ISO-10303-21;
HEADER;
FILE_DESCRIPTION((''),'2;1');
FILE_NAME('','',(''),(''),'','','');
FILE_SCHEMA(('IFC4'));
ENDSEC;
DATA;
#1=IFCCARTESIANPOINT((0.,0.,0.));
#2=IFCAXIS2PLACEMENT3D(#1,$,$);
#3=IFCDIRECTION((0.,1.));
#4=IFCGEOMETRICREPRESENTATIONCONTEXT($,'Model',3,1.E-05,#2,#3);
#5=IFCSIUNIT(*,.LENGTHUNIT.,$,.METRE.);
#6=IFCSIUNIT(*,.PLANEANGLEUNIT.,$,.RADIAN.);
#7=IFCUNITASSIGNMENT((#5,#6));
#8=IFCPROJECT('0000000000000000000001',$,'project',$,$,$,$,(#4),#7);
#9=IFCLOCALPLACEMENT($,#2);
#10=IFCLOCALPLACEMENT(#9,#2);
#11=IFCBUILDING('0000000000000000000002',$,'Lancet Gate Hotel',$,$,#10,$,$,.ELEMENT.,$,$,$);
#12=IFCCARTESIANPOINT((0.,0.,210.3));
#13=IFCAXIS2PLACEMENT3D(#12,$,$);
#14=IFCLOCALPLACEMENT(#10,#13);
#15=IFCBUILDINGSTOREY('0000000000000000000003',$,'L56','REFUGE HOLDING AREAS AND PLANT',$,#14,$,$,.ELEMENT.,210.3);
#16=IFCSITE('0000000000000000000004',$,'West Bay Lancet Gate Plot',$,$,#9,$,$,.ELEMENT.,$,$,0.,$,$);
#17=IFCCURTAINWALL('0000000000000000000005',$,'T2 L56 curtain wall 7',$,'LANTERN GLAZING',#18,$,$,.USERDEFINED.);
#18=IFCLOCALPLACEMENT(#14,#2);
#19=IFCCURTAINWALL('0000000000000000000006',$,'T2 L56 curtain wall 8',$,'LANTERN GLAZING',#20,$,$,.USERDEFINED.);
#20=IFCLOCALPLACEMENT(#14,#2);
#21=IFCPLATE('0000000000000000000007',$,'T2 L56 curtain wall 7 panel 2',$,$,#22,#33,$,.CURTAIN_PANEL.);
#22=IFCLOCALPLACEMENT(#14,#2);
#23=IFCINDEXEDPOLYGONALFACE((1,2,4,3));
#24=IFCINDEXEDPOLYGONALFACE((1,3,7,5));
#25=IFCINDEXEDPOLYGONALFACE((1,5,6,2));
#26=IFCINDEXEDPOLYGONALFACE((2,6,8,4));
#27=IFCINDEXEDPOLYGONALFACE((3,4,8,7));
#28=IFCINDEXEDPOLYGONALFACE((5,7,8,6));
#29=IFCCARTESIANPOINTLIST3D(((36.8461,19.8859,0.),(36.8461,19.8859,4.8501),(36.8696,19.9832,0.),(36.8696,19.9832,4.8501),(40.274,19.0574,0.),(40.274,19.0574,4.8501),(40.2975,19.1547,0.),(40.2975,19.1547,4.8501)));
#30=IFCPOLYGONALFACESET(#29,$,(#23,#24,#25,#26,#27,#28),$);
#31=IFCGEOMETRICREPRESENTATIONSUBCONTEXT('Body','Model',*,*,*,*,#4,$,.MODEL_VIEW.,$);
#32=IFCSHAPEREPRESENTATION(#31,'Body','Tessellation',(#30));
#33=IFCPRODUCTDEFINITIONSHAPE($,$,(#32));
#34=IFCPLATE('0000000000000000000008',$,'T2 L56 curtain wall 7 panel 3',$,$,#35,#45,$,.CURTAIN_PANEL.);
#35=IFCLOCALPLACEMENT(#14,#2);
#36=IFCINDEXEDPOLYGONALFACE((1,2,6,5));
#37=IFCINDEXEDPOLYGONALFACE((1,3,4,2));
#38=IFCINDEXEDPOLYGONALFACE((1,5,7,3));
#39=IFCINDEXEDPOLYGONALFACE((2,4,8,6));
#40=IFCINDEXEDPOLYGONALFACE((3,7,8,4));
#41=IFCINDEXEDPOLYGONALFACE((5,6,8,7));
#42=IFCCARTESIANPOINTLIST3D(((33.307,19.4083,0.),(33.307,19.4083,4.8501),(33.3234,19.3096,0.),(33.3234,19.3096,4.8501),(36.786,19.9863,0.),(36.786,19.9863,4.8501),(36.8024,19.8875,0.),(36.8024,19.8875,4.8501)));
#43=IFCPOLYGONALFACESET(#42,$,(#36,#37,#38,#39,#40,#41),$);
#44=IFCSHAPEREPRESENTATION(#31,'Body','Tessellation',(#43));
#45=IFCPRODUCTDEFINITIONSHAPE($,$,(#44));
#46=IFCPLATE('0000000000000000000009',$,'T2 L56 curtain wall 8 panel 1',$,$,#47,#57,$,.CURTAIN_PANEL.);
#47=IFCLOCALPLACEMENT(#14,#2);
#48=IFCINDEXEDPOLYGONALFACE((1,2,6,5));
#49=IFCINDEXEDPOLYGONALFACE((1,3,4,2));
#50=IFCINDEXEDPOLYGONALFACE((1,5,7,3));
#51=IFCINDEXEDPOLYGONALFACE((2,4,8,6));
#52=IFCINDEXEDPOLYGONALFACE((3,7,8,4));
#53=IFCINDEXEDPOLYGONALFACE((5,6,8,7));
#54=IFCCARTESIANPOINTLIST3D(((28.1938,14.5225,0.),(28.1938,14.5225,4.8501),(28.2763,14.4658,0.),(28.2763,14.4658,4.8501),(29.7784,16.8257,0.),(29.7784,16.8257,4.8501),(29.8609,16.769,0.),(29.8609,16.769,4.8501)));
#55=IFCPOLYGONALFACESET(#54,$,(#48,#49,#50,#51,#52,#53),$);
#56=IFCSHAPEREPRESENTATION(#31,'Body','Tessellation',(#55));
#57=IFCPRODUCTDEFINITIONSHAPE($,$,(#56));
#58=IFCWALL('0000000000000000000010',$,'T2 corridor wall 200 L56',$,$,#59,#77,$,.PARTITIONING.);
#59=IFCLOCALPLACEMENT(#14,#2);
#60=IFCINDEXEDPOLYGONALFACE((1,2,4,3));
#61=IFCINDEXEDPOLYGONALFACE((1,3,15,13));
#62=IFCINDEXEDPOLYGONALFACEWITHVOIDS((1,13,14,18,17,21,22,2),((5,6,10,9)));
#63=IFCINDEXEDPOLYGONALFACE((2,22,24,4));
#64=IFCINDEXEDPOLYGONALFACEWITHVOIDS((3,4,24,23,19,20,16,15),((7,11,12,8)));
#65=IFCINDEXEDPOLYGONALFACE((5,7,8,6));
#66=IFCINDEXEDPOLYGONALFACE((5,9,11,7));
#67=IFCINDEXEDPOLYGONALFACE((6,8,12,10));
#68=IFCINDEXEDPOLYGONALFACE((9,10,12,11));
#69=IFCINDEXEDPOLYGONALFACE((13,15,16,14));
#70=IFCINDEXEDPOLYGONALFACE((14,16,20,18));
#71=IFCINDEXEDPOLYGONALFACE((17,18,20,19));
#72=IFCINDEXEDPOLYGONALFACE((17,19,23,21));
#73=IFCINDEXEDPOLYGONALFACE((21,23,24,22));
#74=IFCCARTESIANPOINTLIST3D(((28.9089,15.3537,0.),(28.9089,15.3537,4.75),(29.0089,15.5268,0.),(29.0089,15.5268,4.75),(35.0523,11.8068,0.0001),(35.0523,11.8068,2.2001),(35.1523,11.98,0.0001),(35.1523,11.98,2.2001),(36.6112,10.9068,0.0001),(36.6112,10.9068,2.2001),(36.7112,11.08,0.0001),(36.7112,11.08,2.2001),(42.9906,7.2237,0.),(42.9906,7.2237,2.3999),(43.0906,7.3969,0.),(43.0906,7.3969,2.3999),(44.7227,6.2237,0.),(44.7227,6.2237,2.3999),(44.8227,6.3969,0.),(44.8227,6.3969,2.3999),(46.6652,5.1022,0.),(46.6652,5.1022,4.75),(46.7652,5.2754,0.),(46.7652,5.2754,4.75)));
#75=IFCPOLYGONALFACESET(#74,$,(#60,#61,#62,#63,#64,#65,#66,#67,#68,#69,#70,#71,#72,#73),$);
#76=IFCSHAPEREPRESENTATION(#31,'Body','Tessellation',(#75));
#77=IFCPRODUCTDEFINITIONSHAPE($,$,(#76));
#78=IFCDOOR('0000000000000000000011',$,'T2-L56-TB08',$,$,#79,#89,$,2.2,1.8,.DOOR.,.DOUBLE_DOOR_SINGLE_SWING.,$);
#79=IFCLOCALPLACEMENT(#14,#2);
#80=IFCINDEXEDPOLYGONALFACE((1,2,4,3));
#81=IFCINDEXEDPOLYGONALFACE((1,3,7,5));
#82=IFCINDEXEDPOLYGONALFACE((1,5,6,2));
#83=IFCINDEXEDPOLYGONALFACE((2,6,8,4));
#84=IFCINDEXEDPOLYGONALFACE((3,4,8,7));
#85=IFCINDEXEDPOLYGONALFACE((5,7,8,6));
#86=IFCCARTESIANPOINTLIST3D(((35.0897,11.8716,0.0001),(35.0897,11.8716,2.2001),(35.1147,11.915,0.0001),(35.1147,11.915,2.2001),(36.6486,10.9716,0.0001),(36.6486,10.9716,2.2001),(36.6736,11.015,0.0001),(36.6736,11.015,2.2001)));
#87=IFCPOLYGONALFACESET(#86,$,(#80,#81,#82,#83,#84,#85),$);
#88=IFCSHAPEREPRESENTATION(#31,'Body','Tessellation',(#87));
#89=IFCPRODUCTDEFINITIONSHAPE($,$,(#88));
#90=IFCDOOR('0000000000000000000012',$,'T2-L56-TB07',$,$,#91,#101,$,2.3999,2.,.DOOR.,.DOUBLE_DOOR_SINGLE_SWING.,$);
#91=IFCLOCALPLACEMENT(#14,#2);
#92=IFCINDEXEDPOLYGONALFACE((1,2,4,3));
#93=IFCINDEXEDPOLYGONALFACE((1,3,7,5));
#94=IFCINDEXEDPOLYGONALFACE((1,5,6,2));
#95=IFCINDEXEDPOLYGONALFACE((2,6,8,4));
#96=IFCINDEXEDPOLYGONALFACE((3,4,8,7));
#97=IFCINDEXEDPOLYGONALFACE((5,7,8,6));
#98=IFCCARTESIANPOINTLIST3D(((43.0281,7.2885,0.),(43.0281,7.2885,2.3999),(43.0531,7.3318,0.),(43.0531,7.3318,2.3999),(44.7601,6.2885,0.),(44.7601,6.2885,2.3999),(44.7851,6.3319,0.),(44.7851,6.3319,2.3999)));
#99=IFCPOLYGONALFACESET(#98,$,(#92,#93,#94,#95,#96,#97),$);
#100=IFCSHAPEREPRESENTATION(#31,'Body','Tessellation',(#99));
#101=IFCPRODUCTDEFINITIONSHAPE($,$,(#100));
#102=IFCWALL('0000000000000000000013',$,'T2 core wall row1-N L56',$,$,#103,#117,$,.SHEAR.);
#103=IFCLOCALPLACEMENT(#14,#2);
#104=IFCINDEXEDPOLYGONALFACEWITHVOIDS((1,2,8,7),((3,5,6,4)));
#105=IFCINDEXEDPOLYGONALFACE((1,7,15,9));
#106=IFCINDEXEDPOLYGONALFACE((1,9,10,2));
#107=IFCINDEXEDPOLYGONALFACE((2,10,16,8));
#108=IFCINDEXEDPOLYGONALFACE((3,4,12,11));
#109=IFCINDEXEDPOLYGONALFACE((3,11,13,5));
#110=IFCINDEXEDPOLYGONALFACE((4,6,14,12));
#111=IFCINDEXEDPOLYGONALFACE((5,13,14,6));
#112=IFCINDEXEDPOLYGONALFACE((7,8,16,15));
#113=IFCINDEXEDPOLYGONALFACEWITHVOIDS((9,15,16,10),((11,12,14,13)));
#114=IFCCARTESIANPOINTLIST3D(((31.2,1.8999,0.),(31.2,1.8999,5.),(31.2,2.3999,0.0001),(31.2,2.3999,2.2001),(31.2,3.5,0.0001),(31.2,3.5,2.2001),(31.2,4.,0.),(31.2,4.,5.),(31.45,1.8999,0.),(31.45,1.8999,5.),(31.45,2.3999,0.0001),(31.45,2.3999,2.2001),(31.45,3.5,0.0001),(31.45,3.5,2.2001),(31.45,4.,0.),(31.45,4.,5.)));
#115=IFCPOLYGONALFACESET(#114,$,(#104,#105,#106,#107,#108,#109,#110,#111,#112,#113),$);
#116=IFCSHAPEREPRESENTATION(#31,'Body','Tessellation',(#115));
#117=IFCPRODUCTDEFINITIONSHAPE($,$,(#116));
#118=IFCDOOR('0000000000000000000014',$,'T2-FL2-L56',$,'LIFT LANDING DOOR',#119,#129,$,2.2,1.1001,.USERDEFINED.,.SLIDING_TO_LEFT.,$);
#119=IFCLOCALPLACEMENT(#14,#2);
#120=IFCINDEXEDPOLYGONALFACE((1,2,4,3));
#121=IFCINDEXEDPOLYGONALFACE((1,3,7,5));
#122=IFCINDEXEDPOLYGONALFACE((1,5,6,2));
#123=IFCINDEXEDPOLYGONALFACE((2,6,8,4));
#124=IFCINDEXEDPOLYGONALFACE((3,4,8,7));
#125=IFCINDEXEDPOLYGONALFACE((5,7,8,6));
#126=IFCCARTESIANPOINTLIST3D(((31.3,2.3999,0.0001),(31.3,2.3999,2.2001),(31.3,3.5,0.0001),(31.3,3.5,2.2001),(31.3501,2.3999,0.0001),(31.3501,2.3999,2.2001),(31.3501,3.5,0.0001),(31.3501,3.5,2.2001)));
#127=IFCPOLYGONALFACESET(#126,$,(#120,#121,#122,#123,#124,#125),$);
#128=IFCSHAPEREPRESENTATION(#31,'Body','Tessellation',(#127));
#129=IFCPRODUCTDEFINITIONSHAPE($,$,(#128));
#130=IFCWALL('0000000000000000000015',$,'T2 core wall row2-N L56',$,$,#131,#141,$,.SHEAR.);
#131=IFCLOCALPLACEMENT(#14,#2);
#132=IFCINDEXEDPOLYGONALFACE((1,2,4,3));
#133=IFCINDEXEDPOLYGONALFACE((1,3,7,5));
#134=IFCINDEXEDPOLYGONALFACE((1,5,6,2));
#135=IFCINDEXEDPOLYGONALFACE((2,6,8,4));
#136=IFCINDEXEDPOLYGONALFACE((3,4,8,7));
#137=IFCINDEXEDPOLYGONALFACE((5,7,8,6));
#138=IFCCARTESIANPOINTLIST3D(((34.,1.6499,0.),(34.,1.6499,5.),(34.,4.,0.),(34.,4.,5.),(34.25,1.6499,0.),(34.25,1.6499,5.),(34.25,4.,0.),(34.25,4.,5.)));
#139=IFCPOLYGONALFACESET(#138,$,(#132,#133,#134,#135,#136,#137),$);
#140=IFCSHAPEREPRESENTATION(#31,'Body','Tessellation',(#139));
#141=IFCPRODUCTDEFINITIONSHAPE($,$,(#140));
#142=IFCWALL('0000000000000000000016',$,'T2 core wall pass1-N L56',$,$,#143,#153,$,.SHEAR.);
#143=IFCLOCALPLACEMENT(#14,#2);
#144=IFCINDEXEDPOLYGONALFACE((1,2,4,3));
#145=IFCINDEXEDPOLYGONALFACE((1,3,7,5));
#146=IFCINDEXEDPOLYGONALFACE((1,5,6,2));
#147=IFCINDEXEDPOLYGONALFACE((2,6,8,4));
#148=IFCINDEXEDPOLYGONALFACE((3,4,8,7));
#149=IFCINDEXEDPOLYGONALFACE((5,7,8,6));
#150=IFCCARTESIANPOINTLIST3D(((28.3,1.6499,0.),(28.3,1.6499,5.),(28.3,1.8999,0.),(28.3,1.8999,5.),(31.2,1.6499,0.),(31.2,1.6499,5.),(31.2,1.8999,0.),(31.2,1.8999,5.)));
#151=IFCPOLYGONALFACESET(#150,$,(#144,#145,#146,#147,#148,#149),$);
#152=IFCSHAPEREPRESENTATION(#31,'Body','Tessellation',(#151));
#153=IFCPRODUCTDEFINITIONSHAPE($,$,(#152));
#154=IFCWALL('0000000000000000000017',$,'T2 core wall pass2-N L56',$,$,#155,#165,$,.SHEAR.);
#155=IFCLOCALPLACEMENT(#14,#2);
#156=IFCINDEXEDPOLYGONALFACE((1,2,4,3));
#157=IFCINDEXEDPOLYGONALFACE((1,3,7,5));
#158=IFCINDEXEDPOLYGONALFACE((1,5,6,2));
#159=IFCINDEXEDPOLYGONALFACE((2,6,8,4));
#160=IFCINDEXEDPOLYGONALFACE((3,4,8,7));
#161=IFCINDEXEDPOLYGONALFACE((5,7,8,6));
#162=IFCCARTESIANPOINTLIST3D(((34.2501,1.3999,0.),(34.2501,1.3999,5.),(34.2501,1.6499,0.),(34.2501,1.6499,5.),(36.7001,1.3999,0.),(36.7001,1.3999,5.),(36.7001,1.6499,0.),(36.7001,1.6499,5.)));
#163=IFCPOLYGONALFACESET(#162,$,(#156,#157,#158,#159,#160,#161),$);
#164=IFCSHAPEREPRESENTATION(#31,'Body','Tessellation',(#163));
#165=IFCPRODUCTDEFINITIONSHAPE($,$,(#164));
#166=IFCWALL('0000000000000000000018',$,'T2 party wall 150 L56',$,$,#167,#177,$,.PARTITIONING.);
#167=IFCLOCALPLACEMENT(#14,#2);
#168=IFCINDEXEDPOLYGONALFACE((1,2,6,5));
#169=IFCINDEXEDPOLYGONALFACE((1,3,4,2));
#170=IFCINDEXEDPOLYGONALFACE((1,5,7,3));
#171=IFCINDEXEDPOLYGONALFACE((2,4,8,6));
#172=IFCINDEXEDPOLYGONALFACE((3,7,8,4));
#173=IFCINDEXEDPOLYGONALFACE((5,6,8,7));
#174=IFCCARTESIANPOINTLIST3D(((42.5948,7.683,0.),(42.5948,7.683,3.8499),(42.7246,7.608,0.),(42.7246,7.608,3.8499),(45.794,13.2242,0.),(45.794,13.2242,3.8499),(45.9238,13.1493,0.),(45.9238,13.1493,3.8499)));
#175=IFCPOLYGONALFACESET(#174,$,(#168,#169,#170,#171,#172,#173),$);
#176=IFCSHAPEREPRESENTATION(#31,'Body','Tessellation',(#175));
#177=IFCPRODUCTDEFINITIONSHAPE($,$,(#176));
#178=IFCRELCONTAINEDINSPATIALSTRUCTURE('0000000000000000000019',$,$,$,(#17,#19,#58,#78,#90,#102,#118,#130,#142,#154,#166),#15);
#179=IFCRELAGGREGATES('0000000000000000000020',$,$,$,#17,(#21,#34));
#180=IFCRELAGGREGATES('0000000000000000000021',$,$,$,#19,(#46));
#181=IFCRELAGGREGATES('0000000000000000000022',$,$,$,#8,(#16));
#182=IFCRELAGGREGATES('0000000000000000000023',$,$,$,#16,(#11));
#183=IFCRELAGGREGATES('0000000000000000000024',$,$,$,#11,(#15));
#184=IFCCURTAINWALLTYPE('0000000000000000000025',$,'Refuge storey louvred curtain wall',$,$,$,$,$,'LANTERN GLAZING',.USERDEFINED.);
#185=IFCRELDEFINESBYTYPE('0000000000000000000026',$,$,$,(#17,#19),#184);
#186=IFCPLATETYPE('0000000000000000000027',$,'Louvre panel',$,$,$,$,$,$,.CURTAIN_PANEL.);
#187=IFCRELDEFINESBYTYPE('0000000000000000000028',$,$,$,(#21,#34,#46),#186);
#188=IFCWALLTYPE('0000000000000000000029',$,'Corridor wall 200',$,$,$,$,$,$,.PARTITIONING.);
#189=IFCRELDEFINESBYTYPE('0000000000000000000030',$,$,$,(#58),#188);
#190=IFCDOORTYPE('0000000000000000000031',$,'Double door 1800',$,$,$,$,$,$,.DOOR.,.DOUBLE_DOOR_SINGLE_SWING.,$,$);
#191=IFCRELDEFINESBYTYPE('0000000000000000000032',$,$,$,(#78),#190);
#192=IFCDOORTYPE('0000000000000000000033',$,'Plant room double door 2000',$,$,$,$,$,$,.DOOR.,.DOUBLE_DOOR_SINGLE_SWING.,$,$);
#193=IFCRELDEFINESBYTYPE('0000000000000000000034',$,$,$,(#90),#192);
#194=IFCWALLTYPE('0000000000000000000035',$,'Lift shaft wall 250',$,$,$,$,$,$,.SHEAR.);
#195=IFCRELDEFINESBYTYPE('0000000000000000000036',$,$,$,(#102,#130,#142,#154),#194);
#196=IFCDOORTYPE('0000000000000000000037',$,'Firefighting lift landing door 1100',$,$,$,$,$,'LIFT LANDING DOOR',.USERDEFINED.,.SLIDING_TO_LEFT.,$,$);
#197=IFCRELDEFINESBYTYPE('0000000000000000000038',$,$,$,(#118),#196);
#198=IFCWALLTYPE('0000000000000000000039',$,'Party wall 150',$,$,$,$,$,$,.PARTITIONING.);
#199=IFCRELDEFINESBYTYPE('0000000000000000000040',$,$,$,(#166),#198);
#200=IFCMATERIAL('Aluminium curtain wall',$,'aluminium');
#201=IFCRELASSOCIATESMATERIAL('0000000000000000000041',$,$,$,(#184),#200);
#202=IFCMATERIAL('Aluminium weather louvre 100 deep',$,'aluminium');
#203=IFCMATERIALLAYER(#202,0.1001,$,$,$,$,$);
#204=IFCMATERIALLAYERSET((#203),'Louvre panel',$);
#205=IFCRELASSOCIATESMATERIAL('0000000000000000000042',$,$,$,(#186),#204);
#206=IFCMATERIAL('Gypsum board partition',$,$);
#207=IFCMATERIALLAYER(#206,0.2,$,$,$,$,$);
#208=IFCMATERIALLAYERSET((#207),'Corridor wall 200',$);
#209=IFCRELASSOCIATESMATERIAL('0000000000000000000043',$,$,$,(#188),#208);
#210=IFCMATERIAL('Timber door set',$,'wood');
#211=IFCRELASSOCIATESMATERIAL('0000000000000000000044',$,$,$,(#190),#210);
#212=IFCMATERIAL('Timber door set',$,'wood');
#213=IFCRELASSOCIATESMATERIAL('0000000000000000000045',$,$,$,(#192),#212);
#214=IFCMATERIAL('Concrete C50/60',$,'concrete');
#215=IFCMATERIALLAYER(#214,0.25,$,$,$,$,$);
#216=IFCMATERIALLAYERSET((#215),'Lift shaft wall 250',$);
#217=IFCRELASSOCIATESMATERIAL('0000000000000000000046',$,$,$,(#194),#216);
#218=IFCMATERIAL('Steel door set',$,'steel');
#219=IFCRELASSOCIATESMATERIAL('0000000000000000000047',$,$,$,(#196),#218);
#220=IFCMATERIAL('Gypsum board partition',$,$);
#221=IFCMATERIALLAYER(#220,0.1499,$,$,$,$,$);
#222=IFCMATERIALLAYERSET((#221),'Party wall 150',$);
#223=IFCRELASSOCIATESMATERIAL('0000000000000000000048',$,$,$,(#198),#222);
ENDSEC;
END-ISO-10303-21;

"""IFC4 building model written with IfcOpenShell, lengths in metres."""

from ifc_helpers import new_model, si_unit, direction, frame, frame_2d, origin, origin_2d, place, context, subcontext, project, spatial, rectangle, extrude, material, layer, layer_set, type_object, element, fill, aggregate, save


model = new_model("IFC4")

# Units and contexts
model_context = context("Model", 3, precision=1e-05, world=origin(), true_north=direction((0.0, 1.0)))
body_context = subcontext(model_context, "Body", "Model", "MODEL_VIEW")
ifc_project = project(units=[si_unit("LENGTHUNIT", "METRE"), si_unit("PLANEANGLEUNIT", "RADIAN")], contexts=[model_context])

# Site, building, storey
site_placement = place(None, origin())
site = spatial("IfcSite", under=ifc_project, at=site_placement, Name="West Bay Lancet Gate Plot", CompositionType="ELEMENT", RefElevation=0.0)
building_placement = place(site_placement, origin())
building = spatial("IfcBuilding", under=site, at=building_placement, Name="Lancet Gate Hotel", CompositionType="ELEMENT")
storey_placement = place(building_placement, frame((0.0, 0.0, 210.3)))
storey = spatial("IfcBuildingStorey", under=building, at=storey_placement, Name="L56", Description="REFUGE HOLDING AREAS AND PLANT", CompositionType="ELEMENT", Elevation=210.3)

# Curtain wall
ifc_material_1 = material(Name="Aluminium curtain wall", Category="aluminium")
curtain_wall_type = type_object("IfcCurtainWallType", Name="Refuge storey louvred curtain wall", ElementType="LANTERN GLAZING", PredefinedType="USERDEFINED", material=ifc_material_1)
curtain_wall_1_placement = place(storey_placement, origin())
curtain_wall_1 = element("IfcCurtainWall", 1, at=curtain_wall_1_placement, inside=storey, type_object=curtain_wall_type, Name="T2 L56 curtain wall 7", ObjectType="LANTERN GLAZING", PredefinedType="USERDEFINED")

# Curtain wall
curtain_wall_2_placement = place(storey_placement, origin())
curtain_wall_2 = element("IfcCurtainWall", 2, at=curtain_wall_2_placement, inside=storey, type_object=curtain_wall_type, Name="T2 L56 curtain wall 8", ObjectType="LANTERN GLAZING", PredefinedType="USERDEFINED")

# Plates
ifc_material_2 = material(Name="Aluminium weather louvre 100 deep", Category="aluminium")
ifc_layer_1 = layer(ifc_material_2, 0.1001)
ifc_layer_set_1 = layer_set([ifc_layer_1], Name="Louvre panel")
plate_type = type_object("IfcPlateType", Name="Louvre panel", PredefinedType="CURTAIN_PANEL", material=ifc_layer_set_1)
plate_1_placement = place(storey_placement, frame((38.5718, 19.5203, 0.0), z_axis=(0.0, 0.0, 1.0), x_axis=(-0.972014, 0.234924, 0.0)))
plate_1 = element("IfcPlate", 3, at=plate_1_placement, type_object=plate_type, Name="T2 L56 curtain wall 7 panel 2", PredefinedType="CURTAIN_PANEL", context=body_context, shape_type="SweptSolid", body=[
    extrude(rectangle(XDim=3.5266, YDim=0.1001, at=origin_2d()), origin(), (0.0, 0.0, 1.0), 4.8501),
])
plate_2_placement = place(storey_placement, frame((35.0547, 19.6479, 0.0), z_axis=(0.0, 0.0, 1.0), x_axis=(-0.98648, -0.163881, 0.0)))
plate_2 = element("IfcPlate", 4, at=plate_2_placement, type_object=plate_type, Name="T2 L56 curtain wall 7 panel 3", PredefinedType="CURTAIN_PANEL", context=body_context, shape_type="SweptSolid", body=[
    extrude(rectangle(XDim=3.5266, YDim=0.1001, at=origin_2d()), origin(), (0.0, 0.0, 1.0), 4.8501),
])
aggregate(curtain_wall_1, [plate_1, plate_2])
plate_3_placement = place(storey_placement, frame((29.0273, 15.6458, 0.0), z_axis=(0.0, 0.0, 1.0), x_axis=(-0.566824, -0.823839, 0.0)))
plate_3 = element("IfcPlate", 5, at=plate_3_placement, type_object=plate_type, Name="T2 L56 curtain wall 8 panel 1", PredefinedType="CURTAIN_PANEL", context=body_context, shape_type="SweptSolid", body=[
    extrude(rectangle(XDim=2.7957, YDim=0.1001, at=origin_2d()), origin(), (0.0, 0.0, 1.0), 4.8501),
])
aggregate(curtain_wall_2, [plate_3])

# Wall, openings, doors
ifc_material_3 = material(Name="Gypsum board partition")
ifc_layer_2 = layer(ifc_material_3, 0.2)
ifc_layer_set_2 = layer_set([ifc_layer_2], Name="Corridor wall 200")
wall_type_1 = type_object("IfcWallType", Name="Corridor wall 200", PredefinedType="PARTITIONING", material=ifc_layer_set_2)
wall_1_placement = place(storey_placement, frame((28.959, 15.4402, 0.0), z_axis=(0.0, 0.0, 1.0), x_axis=(0.866029, -0.499994, 0.0)))
wall_1 = element("IfcWall", 6, at=wall_1_placement, inside=storey, type_object=wall_type_1, Name="T2 corridor wall 200 L56", PredefinedType="PARTITIONING", context=body_context, shape_type="SweptSolid", body=[
    extrude(rectangle(XDim=20.5032, YDim=0.2, at=frame_2d((10.2515, 0.0))), origin(), (0.0, 0.0, 1.0), 4.75),
])
opening_1_placement = place(wall_1_placement, frame((16.26, 0.0, 0.0)))
opening_1 = element("IfcOpeningElement", 7, at=opening_1_placement, cuts=wall_1, PredefinedType="OPENING", context=body_context, shape_type="SweptSolid", body=[
    extrude(rectangle(XDim=2.0, YDim=2.3999, at=frame_2d((1.0, 1.2))), frame((0.0, 0.1099, 0.0), z_axis=(0.0, -1.0, 0.0), x_axis=(1.0, 0.0, 0.0)), (0.0, 0.0, 1.0), 0.22),
])
opening_2_placement = place(wall_1_placement, frame((7.0938, 0.0, 0.0)))
opening_2 = element("IfcOpeningElement", 8, at=opening_2_placement, cuts=wall_1, PredefinedType="OPENING", context=body_context, shape_type="SweptSolid", body=[
    extrude(rectangle(XDim=1.8, YDim=2.2, at=frame_2d((0.8999, 1.1001))), frame((0.0, 0.1099, 0.0), z_axis=(0.0, -1.0, 0.0), x_axis=(1.0, 0.0, 0.0)), (0.0, 0.0, 1.0), 0.22),
])
ifc_material_4 = material(Name="Timber door set", Category="wood")
door_type_1 = type_object("IfcDoorType", Name="Double door 1800", OperationType="DOUBLE_DOOR_SINGLE_SWING", PredefinedType="DOOR", material=ifc_material_4)
door_1_placement = place(opening_2_placement, origin())
door_1 = element("IfcDoor", 9, at=door_1_placement, inside=storey, type_object=door_type_1, Name="T2-L56-TB08", OperationType="DOUBLE_DOOR_SINGLE_SWING", OverallHeight=2.2, OverallWidth=1.8, PredefinedType="DOOR", context=body_context, shape_type="SweptSolid", body=[
    extrude(rectangle(XDim=1.8, YDim=2.2, at=frame_2d((0.8999, 1.1001))), frame((0.0, 0.0249, 0.0), z_axis=(0.0, -1.0, 0.0), x_axis=(1.0, 0.0, 0.0)), (0.0, 0.0, 1.0), 0.05),
])
fill(opening_2, door_1)
ifc_material_5 = material(Name="Timber door set", Category="wood")
door_type_2 = type_object("IfcDoorType", Name="Plant room double door 2000", OperationType="DOUBLE_DOOR_SINGLE_SWING", PredefinedType="DOOR", material=ifc_material_5)
door_2_placement = place(opening_1_placement, origin())
door_2 = element("IfcDoor", 10, at=door_2_placement, inside=storey, type_object=door_type_2, Name="T2-L56-TB07", OperationType="DOUBLE_DOOR_SINGLE_SWING", OverallHeight=2.3999, OverallWidth=2.0, PredefinedType="DOOR", context=body_context, shape_type="SweptSolid", body=[
    extrude(rectangle(XDim=2.0, YDim=2.3999, at=frame_2d((1.0, 1.2))), frame((0.0, 0.0249, 0.0), z_axis=(0.0, -1.0, 0.0), x_axis=(1.0, 0.0, 0.0)), (0.0, 0.0, 1.0), 0.05),
])
fill(opening_1, door_2)

# Wall, opening, door
ifc_material_6 = material(Name="Concrete C50/60", Category="concrete")
ifc_layer_3 = layer(ifc_material_6, 0.25)
ifc_layer_set_3 = layer_set([ifc_layer_3], Name="Lift shaft wall 250")
wall_type_2 = type_object("IfcWallType", Name="Lift shaft wall 250", PredefinedType="SHEAR", material=ifc_layer_set_3)
wall_2_placement = place(storey_placement, frame((31.325, 1.8999, 0.0), z_axis=(0.0, 0.0, 1.0), x_axis=(0.0, 1.0, 0.0)))
wall_2 = element("IfcWall", 11, at=wall_2_placement, inside=storey, type_object=wall_type_2, Name="T2 core wall row1-N L56", PredefinedType="SHEAR", context=body_context, shape_type="SweptSolid", body=[
    extrude(rectangle(XDim=2.1001, YDim=0.25, at=frame_2d((1.05, 0.0))), origin(), (0.0, 0.0, 1.0), 5.0),
])
opening_3_placement = place(wall_2_placement, frame((0.5, 0.0, 0.0)))
opening_3 = element("IfcOpeningElement", 12, at=opening_3_placement, cuts=wall_2, PredefinedType="OPENING", context=body_context, shape_type="SweptSolid", body=[
    extrude(rectangle(XDim=1.1001, YDim=2.2, at=frame_2d((0.55, 1.1001))), frame((0.0, 0.135, 0.0), z_axis=(0.0, -1.0, 0.0), x_axis=(1.0, 0.0, 0.0)), (0.0, 0.0, 1.0), 0.27),
])
ifc_material_7 = material(Name="Steel door set", Category="steel")
door_type_3 = type_object("IfcDoorType", Name="Firefighting lift landing door 1100", ElementType="LIFT LANDING DOOR", OperationType="SLIDING_TO_LEFT", PredefinedType="USERDEFINED", material=ifc_material_7)
door_3_placement = place(opening_3_placement, origin())
door_3 = element("IfcDoor", 13, at=door_3_placement, inside=storey, type_object=door_type_3, Name="T2-FL2-L56", ObjectType="LIFT LANDING DOOR", OperationType="SLIDING_TO_LEFT", OverallHeight=2.2, OverallWidth=1.1001, PredefinedType="USERDEFINED", context=body_context, shape_type="SweptSolid", body=[
    extrude(rectangle(XDim=1.1001, YDim=2.2, at=frame_2d((0.55, 1.1001))), frame((0.0, 0.0249, 0.0), z_axis=(0.0, -1.0, 0.0), x_axis=(1.0, 0.0, 0.0)), (0.0, 0.0, 1.0), 0.05),
])
fill(opening_3, door_3)

# Walls
wall_3_placement = place(storey_placement, frame((34.125, 1.6499, 0.0), z_axis=(0.0, 0.0, 1.0), x_axis=(0.0, 1.0, 0.0)))
element("IfcWall", 14, at=wall_3_placement, inside=storey, type_object=wall_type_2, Name="T2 core wall row2-N L56", PredefinedType="SHEAR", context=body_context, shape_type="SweptSolid", body=[
    extrude(rectangle(XDim=2.3501, YDim=0.25, at=frame_2d((1.175, 0.0))), origin(), (0.0, 0.0, 1.0), 5.0),
])
wall_4_placement = place(storey_placement, frame((28.3, 1.7749, 0.0), z_axis=(0.0, 0.0, 1.0), x_axis=(1.0, 0.0, 0.0)))
element("IfcWall", 15, at=wall_4_placement, inside=storey, type_object=wall_type_2, Name="T2 core wall pass1-N L56", PredefinedType="SHEAR", context=body_context, shape_type="SweptSolid", body=[
    extrude(rectangle(XDim=2.8999, YDim=0.25, at=frame_2d((1.45, 0.0))), origin(), (0.0, 0.0, 1.0), 5.0),
])
wall_5_placement = place(storey_placement, frame((34.25, 1.5249, 0.0), z_axis=(0.0, 0.0, 1.0), x_axis=(1.0, 0.0, 0.0)))
element("IfcWall", 16, at=wall_5_placement, inside=storey, type_object=wall_type_2, Name="T2 core wall pass2-N L56", PredefinedType="SHEAR", context=body_context, shape_type="SweptSolid", body=[
    extrude(rectangle(XDim=2.45, YDim=0.25, at=frame_2d((1.2251, 0.0))), origin(), (0.0, 0.0, 1.0), 5.0),
])
ifc_material_8 = material(Name="Gypsum board partition")
ifc_layer_4 = layer(ifc_material_8, 0.1499)
ifc_layer_set_4 = layer_set([ifc_layer_4], Name="Party wall 150")
wall_type_3 = type_object("IfcWallType", Name="Party wall 150", PredefinedType="PARTITIONING", material=ifc_layer_set_4)
wall_6_placement = place(storey_placement, frame((42.6597, 7.6455, 0.0), z_axis=(0.0, 0.0, 1.0), x_axis=(0.499997, 0.866027, 0.0)))
element("IfcWall", 17, at=wall_6_placement, inside=storey, type_object=wall_type_3, Name="T2 party wall 150 L56", PredefinedType="PARTITIONING", context=body_context, shape_type="SweptSolid", body=[
    extrude(rectangle(XDim=6.3984, YDim=0.1499, at=frame_2d((3.1992, 0.0))), origin(), (0.0, 0.0, 1.0), 3.8499),
])

save(model, "model.ifc")
